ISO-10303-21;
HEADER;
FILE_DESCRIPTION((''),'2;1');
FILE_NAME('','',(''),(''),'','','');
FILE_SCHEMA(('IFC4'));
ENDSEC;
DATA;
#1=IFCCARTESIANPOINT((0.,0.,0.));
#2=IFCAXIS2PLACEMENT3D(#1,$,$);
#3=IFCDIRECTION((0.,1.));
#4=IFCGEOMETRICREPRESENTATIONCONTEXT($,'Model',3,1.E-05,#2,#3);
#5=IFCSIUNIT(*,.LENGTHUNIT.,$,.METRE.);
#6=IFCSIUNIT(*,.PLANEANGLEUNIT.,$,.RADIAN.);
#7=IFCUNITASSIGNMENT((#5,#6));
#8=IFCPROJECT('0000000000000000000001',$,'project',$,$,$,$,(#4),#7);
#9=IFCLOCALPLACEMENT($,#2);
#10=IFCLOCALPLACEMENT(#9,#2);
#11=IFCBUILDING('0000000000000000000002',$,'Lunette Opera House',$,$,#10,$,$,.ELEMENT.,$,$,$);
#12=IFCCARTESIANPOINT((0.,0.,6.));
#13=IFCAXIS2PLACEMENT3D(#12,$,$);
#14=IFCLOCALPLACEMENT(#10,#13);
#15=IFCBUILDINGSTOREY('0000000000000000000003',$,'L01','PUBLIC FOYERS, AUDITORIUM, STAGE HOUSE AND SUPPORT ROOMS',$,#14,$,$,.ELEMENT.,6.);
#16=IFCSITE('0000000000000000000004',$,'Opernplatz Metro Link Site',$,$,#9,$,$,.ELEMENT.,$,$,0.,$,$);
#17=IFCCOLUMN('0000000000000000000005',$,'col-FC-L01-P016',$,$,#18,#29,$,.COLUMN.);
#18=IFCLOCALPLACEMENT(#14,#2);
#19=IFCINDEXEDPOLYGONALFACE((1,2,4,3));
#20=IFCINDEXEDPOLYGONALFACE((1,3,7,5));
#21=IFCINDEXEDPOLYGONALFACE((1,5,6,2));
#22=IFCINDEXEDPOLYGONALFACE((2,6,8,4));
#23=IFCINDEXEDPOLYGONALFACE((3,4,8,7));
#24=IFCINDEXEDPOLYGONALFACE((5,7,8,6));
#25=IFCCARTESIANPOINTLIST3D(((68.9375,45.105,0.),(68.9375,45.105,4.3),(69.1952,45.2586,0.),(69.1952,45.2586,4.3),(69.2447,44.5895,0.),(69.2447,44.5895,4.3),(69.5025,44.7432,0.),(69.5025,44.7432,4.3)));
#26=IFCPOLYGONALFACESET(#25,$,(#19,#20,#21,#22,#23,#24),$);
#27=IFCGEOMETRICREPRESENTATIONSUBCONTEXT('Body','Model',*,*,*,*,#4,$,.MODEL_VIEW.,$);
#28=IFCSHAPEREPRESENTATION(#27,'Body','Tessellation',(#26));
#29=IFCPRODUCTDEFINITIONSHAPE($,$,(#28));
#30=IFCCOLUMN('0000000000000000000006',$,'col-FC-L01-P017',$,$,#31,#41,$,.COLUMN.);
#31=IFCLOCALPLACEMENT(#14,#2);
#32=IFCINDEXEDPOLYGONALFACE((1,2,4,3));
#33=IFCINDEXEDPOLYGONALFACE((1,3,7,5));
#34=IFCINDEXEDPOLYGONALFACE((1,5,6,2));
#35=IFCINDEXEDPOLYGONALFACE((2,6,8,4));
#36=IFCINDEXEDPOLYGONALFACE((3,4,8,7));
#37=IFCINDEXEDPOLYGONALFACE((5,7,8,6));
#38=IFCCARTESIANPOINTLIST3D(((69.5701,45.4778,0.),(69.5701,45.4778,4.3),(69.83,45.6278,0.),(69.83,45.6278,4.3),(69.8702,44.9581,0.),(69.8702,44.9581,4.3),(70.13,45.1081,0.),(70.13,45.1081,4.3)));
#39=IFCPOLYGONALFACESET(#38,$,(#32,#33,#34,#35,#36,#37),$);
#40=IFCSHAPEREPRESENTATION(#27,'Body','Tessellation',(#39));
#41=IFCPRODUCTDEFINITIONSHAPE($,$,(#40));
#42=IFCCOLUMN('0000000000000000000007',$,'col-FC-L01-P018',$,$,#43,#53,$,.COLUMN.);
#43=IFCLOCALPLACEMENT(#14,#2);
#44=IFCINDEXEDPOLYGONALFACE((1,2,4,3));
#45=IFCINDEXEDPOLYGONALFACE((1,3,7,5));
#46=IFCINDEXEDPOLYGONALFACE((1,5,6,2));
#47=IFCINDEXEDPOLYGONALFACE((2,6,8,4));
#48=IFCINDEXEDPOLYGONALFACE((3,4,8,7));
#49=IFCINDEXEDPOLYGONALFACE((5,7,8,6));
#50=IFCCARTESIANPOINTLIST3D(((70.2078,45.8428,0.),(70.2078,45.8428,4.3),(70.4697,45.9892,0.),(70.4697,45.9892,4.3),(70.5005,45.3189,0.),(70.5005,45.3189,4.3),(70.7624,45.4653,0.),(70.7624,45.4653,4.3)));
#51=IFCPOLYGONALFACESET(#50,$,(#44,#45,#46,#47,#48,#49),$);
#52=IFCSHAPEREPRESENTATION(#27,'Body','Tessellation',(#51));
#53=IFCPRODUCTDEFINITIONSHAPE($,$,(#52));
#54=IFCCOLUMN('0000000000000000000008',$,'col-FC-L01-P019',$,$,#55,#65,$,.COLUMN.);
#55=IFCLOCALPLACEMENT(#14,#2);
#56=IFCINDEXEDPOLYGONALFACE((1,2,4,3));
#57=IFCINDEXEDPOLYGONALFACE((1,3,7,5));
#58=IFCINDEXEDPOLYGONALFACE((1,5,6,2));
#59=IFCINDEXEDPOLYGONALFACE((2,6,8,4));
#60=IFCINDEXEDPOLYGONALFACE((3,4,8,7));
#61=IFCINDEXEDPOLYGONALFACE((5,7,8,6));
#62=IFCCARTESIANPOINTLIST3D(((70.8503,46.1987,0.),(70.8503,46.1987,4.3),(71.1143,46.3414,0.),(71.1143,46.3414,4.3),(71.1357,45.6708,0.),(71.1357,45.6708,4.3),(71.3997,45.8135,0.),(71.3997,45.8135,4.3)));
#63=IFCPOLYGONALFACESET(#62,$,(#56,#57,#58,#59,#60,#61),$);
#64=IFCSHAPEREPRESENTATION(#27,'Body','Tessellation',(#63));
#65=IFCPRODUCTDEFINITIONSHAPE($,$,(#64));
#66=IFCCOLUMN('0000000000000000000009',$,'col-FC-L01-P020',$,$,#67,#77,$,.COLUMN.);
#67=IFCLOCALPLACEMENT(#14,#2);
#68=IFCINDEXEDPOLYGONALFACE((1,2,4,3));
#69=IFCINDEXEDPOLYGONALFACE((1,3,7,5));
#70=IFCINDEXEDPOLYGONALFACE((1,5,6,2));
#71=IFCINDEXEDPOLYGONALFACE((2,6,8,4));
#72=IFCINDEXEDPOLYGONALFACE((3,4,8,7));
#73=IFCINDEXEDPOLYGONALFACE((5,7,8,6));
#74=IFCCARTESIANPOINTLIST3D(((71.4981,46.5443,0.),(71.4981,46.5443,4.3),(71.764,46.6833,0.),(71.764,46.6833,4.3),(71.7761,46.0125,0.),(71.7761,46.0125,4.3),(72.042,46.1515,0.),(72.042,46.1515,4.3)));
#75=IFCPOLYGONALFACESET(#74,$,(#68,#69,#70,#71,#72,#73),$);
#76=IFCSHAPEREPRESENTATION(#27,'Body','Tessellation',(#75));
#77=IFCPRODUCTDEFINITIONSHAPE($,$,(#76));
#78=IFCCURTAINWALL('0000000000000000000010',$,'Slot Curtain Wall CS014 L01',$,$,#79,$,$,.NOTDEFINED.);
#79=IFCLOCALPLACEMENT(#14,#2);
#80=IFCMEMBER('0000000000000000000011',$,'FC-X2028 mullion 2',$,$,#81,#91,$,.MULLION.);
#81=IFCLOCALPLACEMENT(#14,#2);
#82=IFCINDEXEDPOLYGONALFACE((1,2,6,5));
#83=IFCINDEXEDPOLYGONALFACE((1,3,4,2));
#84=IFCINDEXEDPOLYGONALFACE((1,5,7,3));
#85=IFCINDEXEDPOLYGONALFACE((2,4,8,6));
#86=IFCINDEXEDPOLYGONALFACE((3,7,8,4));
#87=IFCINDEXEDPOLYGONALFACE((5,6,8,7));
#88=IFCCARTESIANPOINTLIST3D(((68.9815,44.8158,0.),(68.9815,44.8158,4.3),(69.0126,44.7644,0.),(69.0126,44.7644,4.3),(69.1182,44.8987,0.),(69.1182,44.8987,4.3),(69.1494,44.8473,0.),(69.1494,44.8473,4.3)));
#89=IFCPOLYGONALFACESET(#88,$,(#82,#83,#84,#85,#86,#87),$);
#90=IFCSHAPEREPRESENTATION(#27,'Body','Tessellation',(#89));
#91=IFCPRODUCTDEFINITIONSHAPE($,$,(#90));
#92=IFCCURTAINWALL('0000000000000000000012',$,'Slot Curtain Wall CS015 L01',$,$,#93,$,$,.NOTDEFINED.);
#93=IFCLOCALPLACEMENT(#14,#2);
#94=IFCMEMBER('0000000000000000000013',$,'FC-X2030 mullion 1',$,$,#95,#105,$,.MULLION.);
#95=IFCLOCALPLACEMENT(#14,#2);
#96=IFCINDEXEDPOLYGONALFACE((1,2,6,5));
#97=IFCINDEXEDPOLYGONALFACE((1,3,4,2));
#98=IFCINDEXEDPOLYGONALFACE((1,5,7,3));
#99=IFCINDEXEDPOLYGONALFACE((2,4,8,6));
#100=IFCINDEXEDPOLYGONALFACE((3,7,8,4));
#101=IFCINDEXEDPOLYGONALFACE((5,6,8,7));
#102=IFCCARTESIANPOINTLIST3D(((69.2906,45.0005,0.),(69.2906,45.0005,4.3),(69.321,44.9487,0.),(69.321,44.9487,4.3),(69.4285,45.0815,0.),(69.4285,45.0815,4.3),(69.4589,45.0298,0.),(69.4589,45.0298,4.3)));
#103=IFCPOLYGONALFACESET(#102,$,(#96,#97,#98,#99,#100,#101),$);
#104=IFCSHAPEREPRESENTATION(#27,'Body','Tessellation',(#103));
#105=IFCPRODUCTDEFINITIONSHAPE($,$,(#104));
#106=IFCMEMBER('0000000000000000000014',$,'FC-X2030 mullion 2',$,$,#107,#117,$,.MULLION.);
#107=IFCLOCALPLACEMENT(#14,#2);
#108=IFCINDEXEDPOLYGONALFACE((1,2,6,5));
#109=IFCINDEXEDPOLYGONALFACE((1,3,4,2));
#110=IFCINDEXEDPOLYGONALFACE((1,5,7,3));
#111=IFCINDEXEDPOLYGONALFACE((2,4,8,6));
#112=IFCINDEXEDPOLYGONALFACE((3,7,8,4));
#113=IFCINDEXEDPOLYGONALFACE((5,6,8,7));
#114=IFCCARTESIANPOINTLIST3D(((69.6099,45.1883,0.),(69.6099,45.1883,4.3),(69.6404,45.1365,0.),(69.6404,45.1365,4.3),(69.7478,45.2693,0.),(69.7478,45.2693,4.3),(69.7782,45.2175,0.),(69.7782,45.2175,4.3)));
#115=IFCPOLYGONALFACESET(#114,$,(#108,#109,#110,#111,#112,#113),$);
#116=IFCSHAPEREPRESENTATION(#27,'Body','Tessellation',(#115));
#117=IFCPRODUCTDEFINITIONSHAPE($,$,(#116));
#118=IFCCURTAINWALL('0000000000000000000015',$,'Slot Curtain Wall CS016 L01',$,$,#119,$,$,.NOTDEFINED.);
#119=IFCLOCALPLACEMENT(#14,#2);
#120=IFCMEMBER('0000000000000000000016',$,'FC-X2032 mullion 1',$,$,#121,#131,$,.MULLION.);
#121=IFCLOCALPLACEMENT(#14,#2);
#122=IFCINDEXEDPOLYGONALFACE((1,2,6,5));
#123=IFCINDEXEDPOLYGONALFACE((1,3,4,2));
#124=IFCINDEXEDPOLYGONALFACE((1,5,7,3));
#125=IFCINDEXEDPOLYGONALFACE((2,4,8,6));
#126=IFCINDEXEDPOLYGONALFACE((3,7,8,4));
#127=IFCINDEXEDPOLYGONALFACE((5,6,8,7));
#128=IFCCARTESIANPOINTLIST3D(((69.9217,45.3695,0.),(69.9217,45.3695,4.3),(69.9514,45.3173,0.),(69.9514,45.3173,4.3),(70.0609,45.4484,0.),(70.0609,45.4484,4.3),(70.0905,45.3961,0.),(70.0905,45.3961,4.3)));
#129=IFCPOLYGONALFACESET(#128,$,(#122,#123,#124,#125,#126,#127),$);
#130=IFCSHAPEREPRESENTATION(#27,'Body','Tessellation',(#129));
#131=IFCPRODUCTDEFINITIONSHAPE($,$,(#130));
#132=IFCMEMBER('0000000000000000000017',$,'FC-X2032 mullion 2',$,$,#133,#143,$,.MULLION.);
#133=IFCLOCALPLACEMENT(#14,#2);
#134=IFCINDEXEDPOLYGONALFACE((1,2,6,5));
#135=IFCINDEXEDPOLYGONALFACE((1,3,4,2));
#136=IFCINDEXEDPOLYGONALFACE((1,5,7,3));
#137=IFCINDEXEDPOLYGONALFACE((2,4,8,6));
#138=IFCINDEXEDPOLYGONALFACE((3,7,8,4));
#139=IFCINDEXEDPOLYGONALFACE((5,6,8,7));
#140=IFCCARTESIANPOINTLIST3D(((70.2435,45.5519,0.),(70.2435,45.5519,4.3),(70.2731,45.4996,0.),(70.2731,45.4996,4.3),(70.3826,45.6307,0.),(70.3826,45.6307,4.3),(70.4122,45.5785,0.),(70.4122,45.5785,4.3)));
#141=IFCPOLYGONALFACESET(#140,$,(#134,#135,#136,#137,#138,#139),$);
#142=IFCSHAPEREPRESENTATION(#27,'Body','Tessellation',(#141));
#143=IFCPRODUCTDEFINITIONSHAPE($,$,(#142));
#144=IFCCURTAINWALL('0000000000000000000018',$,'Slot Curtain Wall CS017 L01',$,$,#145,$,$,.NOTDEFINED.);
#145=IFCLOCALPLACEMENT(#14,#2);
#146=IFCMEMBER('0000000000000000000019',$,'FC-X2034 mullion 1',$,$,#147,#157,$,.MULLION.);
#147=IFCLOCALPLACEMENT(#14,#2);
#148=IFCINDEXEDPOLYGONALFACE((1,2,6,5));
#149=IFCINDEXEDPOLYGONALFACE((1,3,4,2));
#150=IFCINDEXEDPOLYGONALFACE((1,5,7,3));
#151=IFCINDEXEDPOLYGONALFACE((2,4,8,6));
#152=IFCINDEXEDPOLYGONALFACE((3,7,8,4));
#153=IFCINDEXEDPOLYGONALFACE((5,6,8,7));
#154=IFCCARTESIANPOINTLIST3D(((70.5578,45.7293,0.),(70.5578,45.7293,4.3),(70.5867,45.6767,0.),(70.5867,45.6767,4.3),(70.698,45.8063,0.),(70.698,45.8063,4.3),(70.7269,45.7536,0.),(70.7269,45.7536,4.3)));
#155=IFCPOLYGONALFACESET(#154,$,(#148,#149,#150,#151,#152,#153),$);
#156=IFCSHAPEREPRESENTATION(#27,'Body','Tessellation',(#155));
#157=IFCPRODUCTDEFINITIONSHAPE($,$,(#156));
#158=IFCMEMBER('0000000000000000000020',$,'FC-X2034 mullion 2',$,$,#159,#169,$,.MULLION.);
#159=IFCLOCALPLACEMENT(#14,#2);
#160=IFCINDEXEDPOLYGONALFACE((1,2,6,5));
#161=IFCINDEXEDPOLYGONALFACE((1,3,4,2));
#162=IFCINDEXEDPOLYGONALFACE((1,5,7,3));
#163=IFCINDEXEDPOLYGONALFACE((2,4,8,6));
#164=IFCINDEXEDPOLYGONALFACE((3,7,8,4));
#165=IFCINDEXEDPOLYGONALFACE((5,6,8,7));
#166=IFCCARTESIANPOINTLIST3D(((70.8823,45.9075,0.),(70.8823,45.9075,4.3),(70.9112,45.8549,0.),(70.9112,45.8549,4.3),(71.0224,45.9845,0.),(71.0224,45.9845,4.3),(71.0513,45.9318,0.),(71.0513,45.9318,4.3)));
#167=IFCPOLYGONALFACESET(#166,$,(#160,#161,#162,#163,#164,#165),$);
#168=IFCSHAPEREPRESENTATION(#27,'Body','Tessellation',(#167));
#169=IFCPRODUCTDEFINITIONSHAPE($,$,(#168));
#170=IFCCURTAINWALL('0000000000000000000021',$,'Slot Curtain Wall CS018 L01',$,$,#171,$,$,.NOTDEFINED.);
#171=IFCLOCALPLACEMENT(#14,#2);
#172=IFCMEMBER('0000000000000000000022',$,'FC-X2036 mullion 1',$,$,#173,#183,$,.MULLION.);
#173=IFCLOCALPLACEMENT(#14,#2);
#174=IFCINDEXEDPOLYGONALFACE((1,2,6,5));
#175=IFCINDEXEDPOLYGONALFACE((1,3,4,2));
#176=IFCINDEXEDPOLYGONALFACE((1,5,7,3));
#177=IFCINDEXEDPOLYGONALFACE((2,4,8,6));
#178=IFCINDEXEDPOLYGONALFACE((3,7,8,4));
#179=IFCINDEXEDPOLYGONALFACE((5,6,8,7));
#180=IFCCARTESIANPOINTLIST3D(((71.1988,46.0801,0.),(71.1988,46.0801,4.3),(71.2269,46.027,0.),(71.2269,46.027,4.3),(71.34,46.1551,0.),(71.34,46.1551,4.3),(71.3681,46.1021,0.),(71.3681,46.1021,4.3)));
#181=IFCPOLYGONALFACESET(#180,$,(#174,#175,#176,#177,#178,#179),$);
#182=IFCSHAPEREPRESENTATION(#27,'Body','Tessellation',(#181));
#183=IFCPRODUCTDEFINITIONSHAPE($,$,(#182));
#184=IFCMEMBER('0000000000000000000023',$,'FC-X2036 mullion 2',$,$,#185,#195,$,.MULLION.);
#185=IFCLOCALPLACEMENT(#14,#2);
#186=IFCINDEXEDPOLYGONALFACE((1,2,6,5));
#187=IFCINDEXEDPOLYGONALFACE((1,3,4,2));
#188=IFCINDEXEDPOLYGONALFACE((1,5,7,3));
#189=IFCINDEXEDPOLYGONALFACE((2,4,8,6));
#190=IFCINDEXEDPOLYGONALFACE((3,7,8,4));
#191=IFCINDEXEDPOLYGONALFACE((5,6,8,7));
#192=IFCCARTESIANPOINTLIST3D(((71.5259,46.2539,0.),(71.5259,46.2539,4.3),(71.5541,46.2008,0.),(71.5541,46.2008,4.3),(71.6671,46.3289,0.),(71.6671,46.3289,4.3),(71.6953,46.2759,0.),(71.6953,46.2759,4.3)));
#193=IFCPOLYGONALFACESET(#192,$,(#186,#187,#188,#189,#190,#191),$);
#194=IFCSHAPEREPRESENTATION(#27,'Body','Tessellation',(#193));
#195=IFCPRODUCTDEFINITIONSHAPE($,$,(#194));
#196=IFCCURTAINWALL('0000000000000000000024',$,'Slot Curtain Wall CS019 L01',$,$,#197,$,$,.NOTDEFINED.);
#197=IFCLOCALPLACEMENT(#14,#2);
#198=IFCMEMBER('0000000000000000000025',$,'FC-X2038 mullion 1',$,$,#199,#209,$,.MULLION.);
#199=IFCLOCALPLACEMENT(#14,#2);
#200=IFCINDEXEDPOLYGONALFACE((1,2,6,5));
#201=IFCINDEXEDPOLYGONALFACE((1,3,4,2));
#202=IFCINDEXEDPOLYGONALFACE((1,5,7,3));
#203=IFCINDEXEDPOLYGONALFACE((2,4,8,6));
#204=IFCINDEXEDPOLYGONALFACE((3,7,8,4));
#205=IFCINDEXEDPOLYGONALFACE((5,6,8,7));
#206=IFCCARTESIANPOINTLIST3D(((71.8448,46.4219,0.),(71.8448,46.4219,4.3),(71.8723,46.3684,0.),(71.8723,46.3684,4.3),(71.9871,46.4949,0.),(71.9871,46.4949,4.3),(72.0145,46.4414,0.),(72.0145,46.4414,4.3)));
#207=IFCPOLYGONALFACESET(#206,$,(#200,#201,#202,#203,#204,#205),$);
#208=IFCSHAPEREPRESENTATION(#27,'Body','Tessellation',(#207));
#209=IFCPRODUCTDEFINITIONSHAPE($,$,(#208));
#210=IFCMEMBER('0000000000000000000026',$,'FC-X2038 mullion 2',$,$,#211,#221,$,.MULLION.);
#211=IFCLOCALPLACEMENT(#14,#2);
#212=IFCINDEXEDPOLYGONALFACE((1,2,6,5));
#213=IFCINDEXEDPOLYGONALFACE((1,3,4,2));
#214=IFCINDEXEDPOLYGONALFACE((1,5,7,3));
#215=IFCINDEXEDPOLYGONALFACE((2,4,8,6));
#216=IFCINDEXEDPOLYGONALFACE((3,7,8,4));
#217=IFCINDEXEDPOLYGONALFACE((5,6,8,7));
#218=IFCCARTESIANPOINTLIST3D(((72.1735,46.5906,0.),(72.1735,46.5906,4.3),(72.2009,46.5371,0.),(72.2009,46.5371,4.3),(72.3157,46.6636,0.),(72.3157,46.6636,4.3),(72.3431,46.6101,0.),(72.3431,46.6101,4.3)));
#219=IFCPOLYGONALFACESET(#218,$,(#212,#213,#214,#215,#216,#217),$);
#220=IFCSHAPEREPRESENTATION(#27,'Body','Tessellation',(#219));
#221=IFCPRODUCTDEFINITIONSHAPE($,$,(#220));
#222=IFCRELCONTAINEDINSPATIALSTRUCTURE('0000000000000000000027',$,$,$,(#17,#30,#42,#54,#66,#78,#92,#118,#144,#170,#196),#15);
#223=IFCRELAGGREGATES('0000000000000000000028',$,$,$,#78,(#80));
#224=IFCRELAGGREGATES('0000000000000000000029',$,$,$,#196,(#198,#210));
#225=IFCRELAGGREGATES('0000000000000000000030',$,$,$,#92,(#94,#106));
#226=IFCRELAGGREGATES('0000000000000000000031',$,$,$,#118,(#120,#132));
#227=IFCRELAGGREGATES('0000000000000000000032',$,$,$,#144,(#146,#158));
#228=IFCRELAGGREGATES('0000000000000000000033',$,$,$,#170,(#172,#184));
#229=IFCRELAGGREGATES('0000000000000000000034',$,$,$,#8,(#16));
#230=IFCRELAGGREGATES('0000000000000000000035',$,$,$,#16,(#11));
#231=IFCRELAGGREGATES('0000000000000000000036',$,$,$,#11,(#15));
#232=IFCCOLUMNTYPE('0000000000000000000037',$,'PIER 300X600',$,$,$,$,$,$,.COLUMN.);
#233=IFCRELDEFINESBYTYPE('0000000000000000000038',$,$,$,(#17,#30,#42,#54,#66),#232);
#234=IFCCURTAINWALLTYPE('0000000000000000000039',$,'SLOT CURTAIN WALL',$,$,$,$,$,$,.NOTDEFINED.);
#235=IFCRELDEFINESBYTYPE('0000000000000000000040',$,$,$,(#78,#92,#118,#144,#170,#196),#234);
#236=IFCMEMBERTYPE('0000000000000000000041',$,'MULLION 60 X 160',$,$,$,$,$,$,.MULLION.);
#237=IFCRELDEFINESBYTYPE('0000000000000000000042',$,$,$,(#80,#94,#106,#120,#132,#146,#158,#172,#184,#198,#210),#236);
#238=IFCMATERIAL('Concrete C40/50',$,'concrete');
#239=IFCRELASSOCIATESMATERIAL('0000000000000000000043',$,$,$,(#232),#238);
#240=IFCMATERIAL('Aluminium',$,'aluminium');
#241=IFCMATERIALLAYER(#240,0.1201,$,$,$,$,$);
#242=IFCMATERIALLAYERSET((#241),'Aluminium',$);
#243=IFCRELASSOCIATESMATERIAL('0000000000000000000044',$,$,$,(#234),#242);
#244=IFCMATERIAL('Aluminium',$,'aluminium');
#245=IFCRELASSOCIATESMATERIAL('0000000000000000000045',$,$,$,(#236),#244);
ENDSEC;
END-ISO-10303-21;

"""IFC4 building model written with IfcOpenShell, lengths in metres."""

from ifc_helpers import new_model, si_unit, direction, frame, origin, origin_2d, place, context, subcontext, project, spatial, rectangle, extrude, material, layer, layer_set, material_profile, profile_set, type_object, element, aggregate, save


model = new_model("IFC4")

# Units and contexts
model_context = context("Model", 3, precision=1e-05, world=origin(), true_north=direction((0.0, 1.0)))
body_context = subcontext(model_context, "Body", "Model", "MODEL_VIEW")
ifc_project = project(units=[si_unit("LENGTHUNIT", "METRE"), si_unit("PLANEANGLEUNIT", "RADIAN")], contexts=[model_context])

# Site, building, storey
site_placement = place(None, origin())
site = spatial("IfcSite", under=ifc_project, at=site_placement, Name="Opernplatz Metro Link Site", CompositionType="ELEMENT", RefElevation=0.0)
building_placement = place(site_placement, origin())
building = spatial("IfcBuilding", under=site, at=building_placement, Name="Lunette Opera House", CompositionType="ELEMENT")
storey_placement = place(building_placement, frame((0.0, 0.0, 6.0)))
storey = spatial("IfcBuildingStorey", under=building, at=storey_placement, Name="L01", Description="PUBLIC FOYERS, AUDITORIUM, STAGE HOUSE AND SUPPORT ROOMS", CompositionType="ELEMENT", Elevation=6.0)

# Columns
ifc_material_1 = material(Name="Concrete C40/50", Category="concrete")
ifc_material_profile_1 = material_profile(ifc_material_1, rectangle(XDim=0.3, YDim=0.6001, at=origin_2d()), Name="PIER 300X600")
ifc_profile_set_1 = profile_set([ifc_material_profile_1], Name="Concrete C40/50")
column_type = type_object("IfcColumnType", Name="PIER 300X600", PredefinedType="COLUMN", material=ifc_profile_set_1)
for number, where, z_axis, x_axis, name in (
    (1, (69.22, 44.9241, 0.0), (0.0, 0.0, 1.0), (0.85896, 0.512043, 0.0), "col-FC-L01-P016"),
    (2, (69.8501, 45.293, 0.0), (0.0, 0.0, 1.0), (0.866025, 0.5, 0.0), "col-FC-L01-P017"),
    (3, (70.4851, 45.6541, 0.0), (0.0, 0.0, 1.0), (0.872922, 0.48786, 0.0), "col-FC-L01-P018"),
    (4, (71.125, 46.0061, 0.0), (0.0, 0.0, 1.0), (0.879649, 0.475624, 0.0), "col-FC-L01-P019"),
    (5, (71.77, 46.3479, 0.0), (0.0, 0.0, 1.0), (0.886204, 0.463296, 0.0), "col-FC-L01-P020"),
):
    element("IfcColumn", number, at=place(storey_placement, frame(where, z_axis=z_axis, x_axis=x_axis)), inside=storey, type_object=column_type, Name=name, PredefinedType="COLUMN", context=body_context, shape_type="SweptSolid", body=[
        extrude(rectangle(XDim=0.3, YDim=0.6001, at=origin_2d()), origin(), (0.0, 0.0, 1.0), 4.3),
    ])

# Curtain wall, member
ifc_material_2 = material(Name="Aluminium", Category="aluminium")
ifc_layer_1 = layer(ifc_material_2, 0.1201)
ifc_layer_set_1 = layer_set([ifc_layer_1], Name="Aluminium")
curtain_wall_type = type_object("IfcCurtainWallType", Name="SLOT CURTAIN WALL", PredefinedType="NOTDEFINED", material=ifc_layer_set_1)
curtain_wall_1_placement = place(storey_placement, origin())
curtain_wall_1 = element("IfcCurtainWall", 6, at=curtain_wall_1_placement, inside=storey, type_object=curtain_wall_type, Name="Slot Curtain Wall CS014 L01", PredefinedType="NOTDEFINED")
ifc_material_3 = material(Name="Aluminium", Category="aluminium")
ifc_material_profile_2 = material_profile(ifc_material_3, rectangle(XDim=0.0601, YDim=0.1599, at=origin_2d()), Name="MULLION 60 X 160")
ifc_profile_set_2 = profile_set([ifc_material_profile_2], Name="Aluminium")
member_type_1 = type_object("IfcMemberType", Name="MULLION 60 X 160", PredefinedType="MULLION", material=ifc_profile_set_2)
member_1_placement = place(storey_placement, frame((69.0654, 44.8315, 0.0), z_axis=(0.0, 0.0, 1.0), x_axis=(-0.51825, 0.855229, 0.0)))
member_1 = element("IfcMember", 7, at=member_1_placement, type_object=member_type_1, Name="FC-X2028 mullion 2", PredefinedType="MULLION", context=body_context, shape_type="SweptSolid", body=[
    extrude(rectangle(XDim=0.0601, YDim=0.1599, at=origin_2d()), origin(), (0.0, 0.0, 1.0), 4.3),
])
aggregate(curtain_wall_1, [member_1])

# Curtain walls, members
curtain_wall_2_placement = place(storey_placement, origin())
curtain_wall_2 = element("IfcCurtainWall", 8, at=curtain_wall_2_placement, inside=storey, type_object=curtain_wall_type, Name="Slot Curtain Wall CS015 L01", PredefinedType="NOTDEFINED")
member_2_placement = place(storey_placement, frame((69.3748, 45.0151, 0.0), z_axis=(0.0, 0.0, 1.0), x_axis=(-0.506614, 0.862173, 0.0)))
member_2 = element("IfcMember", 9, at=member_2_placement, type_object=member_type_1, Name="FC-X2030 mullion 1", PredefinedType="MULLION", context=body_context, shape_type="SweptSolid", body=[
    extrude(rectangle(XDim=0.0601, YDim=0.1599, at=origin_2d()), origin(), (0.0, 0.0, 1.0), 4.3),
])
member_3_placement = place(storey_placement, frame((69.6941, 45.2029, 0.0), z_axis=(0.0, 0.0, 1.0), x_axis=(-0.506614, 0.862173, 0.0)))
member_3 = element("IfcMember", 10, at=member_3_placement, type_object=member_type_1, Name="FC-X2030 mullion 2", PredefinedType="MULLION", context=body_context, shape_type="SweptSolid", body=[
    extrude(rectangle(XDim=0.0601, YDim=0.1599, at=origin_2d()), origin(), (0.0, 0.0, 1.0), 4.3),
])
curtain_wall_3_placement = place(storey_placement, origin())
curtain_wall_3 = element("IfcCurtainWall", 11, at=curtain_wall_3_placement, inside=storey, type_object=curtain_wall_type, Name="Slot Curtain Wall CS016 L01", PredefinedType="NOTDEFINED")
member_4_placement = place(storey_placement, frame((70.0061, 45.3828, 0.0), z_axis=(0.0, 0.0, 1.0), x_axis=(-0.49313, 0.869956, 0.0)))
member_4 = element("IfcMember", 12, at=member_4_placement, type_object=member_type_1, Name="FC-X2032 mullion 1", PredefinedType="MULLION", context=body_context, shape_type="SweptSolid", body=[
    extrude(rectangle(XDim=0.0601, YDim=0.1599, at=origin_2d()), origin(), (0.0, 0.0, 1.0), 4.3),
])
member_5_placement = place(storey_placement, frame((70.3279, 45.5652, 0.0), z_axis=(0.0, 0.0, 1.0), x_axis=(-0.49313, 0.869956, 0.0)))
member_5 = element("IfcMember", 13, at=member_5_placement, type_object=member_type_1, Name="FC-X2032 mullion 2", PredefinedType="MULLION", context=body_context, shape_type="SweptSolid", body=[
    extrude(rectangle(XDim=0.0601, YDim=0.1599, at=origin_2d()), origin(), (0.0, 0.0, 1.0), 4.3),
])
curtain_wall_4_placement = place(storey_placement, origin())
curtain_wall_4 = element("IfcCurtainWall", 14, at=curtain_wall_4_placement, inside=storey, type_object=curtain_wall_type, Name="Slot Curtain Wall CS017 L01", PredefinedType="NOTDEFINED")
member_6_placement = place(storey_placement, frame((70.6423, 45.7415, 0.0), z_axis=(0.0, 0.0, 1.0), x_axis=(-0.481294, 0.876559, 0.0)))
member_6 = element("IfcMember", 15, at=member_6_placement, type_object=member_type_1, Name="FC-X2034 mullion 1", PredefinedType="MULLION", context=body_context, shape_type="SweptSolid", body=[
    extrude(rectangle(XDim=0.0601, YDim=0.1599, at=origin_2d()), origin(), (0.0, 0.0, 1.0), 4.3),
])
member_7_placement = place(storey_placement, frame((70.9668, 45.9197, 0.0), z_axis=(0.0, 0.0, 1.0), x_axis=(-0.481294, 0.876559, 0.0)))
member_7 = element("IfcMember", 16, at=member_7_placement, type_object=member_type_1, Name="FC-X2034 mullion 2", PredefinedType="MULLION", context=body_context, shape_type="SweptSolid", body=[
    extrude(rectangle(XDim=0.0601, YDim=0.1599, at=origin_2d()), origin(), (0.0, 0.0, 1.0), 4.3),
])
curtain_wall_5_placement = place(storey_placement, origin())
curtain_wall_5 = element("IfcCurtainWall", 17, at=curtain_wall_5_placement, inside=storey, type_object=curtain_wall_type, Name="Slot Curtain Wall CS018 L01", PredefinedType="NOTDEFINED")
member_8_placement = place(storey_placement, frame((71.2834, 46.0911, 0.0), z_axis=(0.0, 0.0, 1.0), x_axis=(-0.469382, 0.882995, 0.0)))
member_8 = element("IfcMember", 18, at=member_8_placement, type_object=member_type_1, Name="FC-X2036 mullion 1", PredefinedType="MULLION", context=body_context, shape_type="SweptSolid", body=[
    extrude(rectangle(XDim=0.0601, YDim=0.1599, at=origin_2d()), origin(), (0.0, 0.0, 1.0), 4.3),
])
member_9_placement = place(storey_placement, frame((71.6106, 46.2649, 0.0), z_axis=(0.0, 0.0, 1.0), x_axis=(-0.469382, 0.882995, 0.0)))
member_9 = element("IfcMember", 19, at=member_9_placement, type_object=member_type_1, Name="FC-X2036 mullion 2", PredefinedType="MULLION", context=body_context, shape_type="SweptSolid", body=[
    extrude(rectangle(XDim=0.0601, YDim=0.1599, at=origin_2d()), origin(), (0.0, 0.0, 1.0), 4.3),
])
curtain_wall_6_placement = place(storey_placement, origin())
curtain_wall_6 = element("IfcCurtainWall", 20, at=curtain_wall_6_placement, inside=storey, type_object=curtain_wall_type, Name="Slot Curtain Wall CS019 L01", PredefinedType="NOTDEFINED")
member_10_placement = place(storey_placement, frame((71.9297, 46.4316, 0.0), z_axis=(0.0, 0.0, 1.0), x_axis=(-0.456506, 0.88972, 0.0)))
member_10 = element("IfcMember", 21, at=member_10_placement, type_object=member_type_1, Name="FC-X2038 mullion 1", PredefinedType="MULLION", context=body_context, shape_type="SweptSolid", body=[
    extrude(rectangle(XDim=0.0601, YDim=0.1599, at=origin_2d()), origin(), (0.0, 0.0, 1.0), 4.3),
])
member_11_placement = place(storey_placement, frame((72.2583, 46.6003, 0.0), z_axis=(0.0, 0.0, 1.0), x_axis=(-0.456506, 0.88972, 0.0)))
member_11 = element("IfcMember", 22, at=member_11_placement, type_object=member_type_1, Name="FC-X2038 mullion 2", PredefinedType="MULLION", context=body_context, shape_type="SweptSolid", body=[
    extrude(rectangle(XDim=0.0601, YDim=0.1599, at=origin_2d()), origin(), (0.0, 0.0, 1.0), 4.3),
])

aggregate(curtain_wall_6, [member_10, member_11])

aggregate(curtain_wall_2, [member_2, member_3])
aggregate(curtain_wall_3, [member_4, member_5])
aggregate(curtain_wall_4, [member_6, member_7])
aggregate(curtain_wall_5, [member_8, member_9])

save(model, "model.ifc")
